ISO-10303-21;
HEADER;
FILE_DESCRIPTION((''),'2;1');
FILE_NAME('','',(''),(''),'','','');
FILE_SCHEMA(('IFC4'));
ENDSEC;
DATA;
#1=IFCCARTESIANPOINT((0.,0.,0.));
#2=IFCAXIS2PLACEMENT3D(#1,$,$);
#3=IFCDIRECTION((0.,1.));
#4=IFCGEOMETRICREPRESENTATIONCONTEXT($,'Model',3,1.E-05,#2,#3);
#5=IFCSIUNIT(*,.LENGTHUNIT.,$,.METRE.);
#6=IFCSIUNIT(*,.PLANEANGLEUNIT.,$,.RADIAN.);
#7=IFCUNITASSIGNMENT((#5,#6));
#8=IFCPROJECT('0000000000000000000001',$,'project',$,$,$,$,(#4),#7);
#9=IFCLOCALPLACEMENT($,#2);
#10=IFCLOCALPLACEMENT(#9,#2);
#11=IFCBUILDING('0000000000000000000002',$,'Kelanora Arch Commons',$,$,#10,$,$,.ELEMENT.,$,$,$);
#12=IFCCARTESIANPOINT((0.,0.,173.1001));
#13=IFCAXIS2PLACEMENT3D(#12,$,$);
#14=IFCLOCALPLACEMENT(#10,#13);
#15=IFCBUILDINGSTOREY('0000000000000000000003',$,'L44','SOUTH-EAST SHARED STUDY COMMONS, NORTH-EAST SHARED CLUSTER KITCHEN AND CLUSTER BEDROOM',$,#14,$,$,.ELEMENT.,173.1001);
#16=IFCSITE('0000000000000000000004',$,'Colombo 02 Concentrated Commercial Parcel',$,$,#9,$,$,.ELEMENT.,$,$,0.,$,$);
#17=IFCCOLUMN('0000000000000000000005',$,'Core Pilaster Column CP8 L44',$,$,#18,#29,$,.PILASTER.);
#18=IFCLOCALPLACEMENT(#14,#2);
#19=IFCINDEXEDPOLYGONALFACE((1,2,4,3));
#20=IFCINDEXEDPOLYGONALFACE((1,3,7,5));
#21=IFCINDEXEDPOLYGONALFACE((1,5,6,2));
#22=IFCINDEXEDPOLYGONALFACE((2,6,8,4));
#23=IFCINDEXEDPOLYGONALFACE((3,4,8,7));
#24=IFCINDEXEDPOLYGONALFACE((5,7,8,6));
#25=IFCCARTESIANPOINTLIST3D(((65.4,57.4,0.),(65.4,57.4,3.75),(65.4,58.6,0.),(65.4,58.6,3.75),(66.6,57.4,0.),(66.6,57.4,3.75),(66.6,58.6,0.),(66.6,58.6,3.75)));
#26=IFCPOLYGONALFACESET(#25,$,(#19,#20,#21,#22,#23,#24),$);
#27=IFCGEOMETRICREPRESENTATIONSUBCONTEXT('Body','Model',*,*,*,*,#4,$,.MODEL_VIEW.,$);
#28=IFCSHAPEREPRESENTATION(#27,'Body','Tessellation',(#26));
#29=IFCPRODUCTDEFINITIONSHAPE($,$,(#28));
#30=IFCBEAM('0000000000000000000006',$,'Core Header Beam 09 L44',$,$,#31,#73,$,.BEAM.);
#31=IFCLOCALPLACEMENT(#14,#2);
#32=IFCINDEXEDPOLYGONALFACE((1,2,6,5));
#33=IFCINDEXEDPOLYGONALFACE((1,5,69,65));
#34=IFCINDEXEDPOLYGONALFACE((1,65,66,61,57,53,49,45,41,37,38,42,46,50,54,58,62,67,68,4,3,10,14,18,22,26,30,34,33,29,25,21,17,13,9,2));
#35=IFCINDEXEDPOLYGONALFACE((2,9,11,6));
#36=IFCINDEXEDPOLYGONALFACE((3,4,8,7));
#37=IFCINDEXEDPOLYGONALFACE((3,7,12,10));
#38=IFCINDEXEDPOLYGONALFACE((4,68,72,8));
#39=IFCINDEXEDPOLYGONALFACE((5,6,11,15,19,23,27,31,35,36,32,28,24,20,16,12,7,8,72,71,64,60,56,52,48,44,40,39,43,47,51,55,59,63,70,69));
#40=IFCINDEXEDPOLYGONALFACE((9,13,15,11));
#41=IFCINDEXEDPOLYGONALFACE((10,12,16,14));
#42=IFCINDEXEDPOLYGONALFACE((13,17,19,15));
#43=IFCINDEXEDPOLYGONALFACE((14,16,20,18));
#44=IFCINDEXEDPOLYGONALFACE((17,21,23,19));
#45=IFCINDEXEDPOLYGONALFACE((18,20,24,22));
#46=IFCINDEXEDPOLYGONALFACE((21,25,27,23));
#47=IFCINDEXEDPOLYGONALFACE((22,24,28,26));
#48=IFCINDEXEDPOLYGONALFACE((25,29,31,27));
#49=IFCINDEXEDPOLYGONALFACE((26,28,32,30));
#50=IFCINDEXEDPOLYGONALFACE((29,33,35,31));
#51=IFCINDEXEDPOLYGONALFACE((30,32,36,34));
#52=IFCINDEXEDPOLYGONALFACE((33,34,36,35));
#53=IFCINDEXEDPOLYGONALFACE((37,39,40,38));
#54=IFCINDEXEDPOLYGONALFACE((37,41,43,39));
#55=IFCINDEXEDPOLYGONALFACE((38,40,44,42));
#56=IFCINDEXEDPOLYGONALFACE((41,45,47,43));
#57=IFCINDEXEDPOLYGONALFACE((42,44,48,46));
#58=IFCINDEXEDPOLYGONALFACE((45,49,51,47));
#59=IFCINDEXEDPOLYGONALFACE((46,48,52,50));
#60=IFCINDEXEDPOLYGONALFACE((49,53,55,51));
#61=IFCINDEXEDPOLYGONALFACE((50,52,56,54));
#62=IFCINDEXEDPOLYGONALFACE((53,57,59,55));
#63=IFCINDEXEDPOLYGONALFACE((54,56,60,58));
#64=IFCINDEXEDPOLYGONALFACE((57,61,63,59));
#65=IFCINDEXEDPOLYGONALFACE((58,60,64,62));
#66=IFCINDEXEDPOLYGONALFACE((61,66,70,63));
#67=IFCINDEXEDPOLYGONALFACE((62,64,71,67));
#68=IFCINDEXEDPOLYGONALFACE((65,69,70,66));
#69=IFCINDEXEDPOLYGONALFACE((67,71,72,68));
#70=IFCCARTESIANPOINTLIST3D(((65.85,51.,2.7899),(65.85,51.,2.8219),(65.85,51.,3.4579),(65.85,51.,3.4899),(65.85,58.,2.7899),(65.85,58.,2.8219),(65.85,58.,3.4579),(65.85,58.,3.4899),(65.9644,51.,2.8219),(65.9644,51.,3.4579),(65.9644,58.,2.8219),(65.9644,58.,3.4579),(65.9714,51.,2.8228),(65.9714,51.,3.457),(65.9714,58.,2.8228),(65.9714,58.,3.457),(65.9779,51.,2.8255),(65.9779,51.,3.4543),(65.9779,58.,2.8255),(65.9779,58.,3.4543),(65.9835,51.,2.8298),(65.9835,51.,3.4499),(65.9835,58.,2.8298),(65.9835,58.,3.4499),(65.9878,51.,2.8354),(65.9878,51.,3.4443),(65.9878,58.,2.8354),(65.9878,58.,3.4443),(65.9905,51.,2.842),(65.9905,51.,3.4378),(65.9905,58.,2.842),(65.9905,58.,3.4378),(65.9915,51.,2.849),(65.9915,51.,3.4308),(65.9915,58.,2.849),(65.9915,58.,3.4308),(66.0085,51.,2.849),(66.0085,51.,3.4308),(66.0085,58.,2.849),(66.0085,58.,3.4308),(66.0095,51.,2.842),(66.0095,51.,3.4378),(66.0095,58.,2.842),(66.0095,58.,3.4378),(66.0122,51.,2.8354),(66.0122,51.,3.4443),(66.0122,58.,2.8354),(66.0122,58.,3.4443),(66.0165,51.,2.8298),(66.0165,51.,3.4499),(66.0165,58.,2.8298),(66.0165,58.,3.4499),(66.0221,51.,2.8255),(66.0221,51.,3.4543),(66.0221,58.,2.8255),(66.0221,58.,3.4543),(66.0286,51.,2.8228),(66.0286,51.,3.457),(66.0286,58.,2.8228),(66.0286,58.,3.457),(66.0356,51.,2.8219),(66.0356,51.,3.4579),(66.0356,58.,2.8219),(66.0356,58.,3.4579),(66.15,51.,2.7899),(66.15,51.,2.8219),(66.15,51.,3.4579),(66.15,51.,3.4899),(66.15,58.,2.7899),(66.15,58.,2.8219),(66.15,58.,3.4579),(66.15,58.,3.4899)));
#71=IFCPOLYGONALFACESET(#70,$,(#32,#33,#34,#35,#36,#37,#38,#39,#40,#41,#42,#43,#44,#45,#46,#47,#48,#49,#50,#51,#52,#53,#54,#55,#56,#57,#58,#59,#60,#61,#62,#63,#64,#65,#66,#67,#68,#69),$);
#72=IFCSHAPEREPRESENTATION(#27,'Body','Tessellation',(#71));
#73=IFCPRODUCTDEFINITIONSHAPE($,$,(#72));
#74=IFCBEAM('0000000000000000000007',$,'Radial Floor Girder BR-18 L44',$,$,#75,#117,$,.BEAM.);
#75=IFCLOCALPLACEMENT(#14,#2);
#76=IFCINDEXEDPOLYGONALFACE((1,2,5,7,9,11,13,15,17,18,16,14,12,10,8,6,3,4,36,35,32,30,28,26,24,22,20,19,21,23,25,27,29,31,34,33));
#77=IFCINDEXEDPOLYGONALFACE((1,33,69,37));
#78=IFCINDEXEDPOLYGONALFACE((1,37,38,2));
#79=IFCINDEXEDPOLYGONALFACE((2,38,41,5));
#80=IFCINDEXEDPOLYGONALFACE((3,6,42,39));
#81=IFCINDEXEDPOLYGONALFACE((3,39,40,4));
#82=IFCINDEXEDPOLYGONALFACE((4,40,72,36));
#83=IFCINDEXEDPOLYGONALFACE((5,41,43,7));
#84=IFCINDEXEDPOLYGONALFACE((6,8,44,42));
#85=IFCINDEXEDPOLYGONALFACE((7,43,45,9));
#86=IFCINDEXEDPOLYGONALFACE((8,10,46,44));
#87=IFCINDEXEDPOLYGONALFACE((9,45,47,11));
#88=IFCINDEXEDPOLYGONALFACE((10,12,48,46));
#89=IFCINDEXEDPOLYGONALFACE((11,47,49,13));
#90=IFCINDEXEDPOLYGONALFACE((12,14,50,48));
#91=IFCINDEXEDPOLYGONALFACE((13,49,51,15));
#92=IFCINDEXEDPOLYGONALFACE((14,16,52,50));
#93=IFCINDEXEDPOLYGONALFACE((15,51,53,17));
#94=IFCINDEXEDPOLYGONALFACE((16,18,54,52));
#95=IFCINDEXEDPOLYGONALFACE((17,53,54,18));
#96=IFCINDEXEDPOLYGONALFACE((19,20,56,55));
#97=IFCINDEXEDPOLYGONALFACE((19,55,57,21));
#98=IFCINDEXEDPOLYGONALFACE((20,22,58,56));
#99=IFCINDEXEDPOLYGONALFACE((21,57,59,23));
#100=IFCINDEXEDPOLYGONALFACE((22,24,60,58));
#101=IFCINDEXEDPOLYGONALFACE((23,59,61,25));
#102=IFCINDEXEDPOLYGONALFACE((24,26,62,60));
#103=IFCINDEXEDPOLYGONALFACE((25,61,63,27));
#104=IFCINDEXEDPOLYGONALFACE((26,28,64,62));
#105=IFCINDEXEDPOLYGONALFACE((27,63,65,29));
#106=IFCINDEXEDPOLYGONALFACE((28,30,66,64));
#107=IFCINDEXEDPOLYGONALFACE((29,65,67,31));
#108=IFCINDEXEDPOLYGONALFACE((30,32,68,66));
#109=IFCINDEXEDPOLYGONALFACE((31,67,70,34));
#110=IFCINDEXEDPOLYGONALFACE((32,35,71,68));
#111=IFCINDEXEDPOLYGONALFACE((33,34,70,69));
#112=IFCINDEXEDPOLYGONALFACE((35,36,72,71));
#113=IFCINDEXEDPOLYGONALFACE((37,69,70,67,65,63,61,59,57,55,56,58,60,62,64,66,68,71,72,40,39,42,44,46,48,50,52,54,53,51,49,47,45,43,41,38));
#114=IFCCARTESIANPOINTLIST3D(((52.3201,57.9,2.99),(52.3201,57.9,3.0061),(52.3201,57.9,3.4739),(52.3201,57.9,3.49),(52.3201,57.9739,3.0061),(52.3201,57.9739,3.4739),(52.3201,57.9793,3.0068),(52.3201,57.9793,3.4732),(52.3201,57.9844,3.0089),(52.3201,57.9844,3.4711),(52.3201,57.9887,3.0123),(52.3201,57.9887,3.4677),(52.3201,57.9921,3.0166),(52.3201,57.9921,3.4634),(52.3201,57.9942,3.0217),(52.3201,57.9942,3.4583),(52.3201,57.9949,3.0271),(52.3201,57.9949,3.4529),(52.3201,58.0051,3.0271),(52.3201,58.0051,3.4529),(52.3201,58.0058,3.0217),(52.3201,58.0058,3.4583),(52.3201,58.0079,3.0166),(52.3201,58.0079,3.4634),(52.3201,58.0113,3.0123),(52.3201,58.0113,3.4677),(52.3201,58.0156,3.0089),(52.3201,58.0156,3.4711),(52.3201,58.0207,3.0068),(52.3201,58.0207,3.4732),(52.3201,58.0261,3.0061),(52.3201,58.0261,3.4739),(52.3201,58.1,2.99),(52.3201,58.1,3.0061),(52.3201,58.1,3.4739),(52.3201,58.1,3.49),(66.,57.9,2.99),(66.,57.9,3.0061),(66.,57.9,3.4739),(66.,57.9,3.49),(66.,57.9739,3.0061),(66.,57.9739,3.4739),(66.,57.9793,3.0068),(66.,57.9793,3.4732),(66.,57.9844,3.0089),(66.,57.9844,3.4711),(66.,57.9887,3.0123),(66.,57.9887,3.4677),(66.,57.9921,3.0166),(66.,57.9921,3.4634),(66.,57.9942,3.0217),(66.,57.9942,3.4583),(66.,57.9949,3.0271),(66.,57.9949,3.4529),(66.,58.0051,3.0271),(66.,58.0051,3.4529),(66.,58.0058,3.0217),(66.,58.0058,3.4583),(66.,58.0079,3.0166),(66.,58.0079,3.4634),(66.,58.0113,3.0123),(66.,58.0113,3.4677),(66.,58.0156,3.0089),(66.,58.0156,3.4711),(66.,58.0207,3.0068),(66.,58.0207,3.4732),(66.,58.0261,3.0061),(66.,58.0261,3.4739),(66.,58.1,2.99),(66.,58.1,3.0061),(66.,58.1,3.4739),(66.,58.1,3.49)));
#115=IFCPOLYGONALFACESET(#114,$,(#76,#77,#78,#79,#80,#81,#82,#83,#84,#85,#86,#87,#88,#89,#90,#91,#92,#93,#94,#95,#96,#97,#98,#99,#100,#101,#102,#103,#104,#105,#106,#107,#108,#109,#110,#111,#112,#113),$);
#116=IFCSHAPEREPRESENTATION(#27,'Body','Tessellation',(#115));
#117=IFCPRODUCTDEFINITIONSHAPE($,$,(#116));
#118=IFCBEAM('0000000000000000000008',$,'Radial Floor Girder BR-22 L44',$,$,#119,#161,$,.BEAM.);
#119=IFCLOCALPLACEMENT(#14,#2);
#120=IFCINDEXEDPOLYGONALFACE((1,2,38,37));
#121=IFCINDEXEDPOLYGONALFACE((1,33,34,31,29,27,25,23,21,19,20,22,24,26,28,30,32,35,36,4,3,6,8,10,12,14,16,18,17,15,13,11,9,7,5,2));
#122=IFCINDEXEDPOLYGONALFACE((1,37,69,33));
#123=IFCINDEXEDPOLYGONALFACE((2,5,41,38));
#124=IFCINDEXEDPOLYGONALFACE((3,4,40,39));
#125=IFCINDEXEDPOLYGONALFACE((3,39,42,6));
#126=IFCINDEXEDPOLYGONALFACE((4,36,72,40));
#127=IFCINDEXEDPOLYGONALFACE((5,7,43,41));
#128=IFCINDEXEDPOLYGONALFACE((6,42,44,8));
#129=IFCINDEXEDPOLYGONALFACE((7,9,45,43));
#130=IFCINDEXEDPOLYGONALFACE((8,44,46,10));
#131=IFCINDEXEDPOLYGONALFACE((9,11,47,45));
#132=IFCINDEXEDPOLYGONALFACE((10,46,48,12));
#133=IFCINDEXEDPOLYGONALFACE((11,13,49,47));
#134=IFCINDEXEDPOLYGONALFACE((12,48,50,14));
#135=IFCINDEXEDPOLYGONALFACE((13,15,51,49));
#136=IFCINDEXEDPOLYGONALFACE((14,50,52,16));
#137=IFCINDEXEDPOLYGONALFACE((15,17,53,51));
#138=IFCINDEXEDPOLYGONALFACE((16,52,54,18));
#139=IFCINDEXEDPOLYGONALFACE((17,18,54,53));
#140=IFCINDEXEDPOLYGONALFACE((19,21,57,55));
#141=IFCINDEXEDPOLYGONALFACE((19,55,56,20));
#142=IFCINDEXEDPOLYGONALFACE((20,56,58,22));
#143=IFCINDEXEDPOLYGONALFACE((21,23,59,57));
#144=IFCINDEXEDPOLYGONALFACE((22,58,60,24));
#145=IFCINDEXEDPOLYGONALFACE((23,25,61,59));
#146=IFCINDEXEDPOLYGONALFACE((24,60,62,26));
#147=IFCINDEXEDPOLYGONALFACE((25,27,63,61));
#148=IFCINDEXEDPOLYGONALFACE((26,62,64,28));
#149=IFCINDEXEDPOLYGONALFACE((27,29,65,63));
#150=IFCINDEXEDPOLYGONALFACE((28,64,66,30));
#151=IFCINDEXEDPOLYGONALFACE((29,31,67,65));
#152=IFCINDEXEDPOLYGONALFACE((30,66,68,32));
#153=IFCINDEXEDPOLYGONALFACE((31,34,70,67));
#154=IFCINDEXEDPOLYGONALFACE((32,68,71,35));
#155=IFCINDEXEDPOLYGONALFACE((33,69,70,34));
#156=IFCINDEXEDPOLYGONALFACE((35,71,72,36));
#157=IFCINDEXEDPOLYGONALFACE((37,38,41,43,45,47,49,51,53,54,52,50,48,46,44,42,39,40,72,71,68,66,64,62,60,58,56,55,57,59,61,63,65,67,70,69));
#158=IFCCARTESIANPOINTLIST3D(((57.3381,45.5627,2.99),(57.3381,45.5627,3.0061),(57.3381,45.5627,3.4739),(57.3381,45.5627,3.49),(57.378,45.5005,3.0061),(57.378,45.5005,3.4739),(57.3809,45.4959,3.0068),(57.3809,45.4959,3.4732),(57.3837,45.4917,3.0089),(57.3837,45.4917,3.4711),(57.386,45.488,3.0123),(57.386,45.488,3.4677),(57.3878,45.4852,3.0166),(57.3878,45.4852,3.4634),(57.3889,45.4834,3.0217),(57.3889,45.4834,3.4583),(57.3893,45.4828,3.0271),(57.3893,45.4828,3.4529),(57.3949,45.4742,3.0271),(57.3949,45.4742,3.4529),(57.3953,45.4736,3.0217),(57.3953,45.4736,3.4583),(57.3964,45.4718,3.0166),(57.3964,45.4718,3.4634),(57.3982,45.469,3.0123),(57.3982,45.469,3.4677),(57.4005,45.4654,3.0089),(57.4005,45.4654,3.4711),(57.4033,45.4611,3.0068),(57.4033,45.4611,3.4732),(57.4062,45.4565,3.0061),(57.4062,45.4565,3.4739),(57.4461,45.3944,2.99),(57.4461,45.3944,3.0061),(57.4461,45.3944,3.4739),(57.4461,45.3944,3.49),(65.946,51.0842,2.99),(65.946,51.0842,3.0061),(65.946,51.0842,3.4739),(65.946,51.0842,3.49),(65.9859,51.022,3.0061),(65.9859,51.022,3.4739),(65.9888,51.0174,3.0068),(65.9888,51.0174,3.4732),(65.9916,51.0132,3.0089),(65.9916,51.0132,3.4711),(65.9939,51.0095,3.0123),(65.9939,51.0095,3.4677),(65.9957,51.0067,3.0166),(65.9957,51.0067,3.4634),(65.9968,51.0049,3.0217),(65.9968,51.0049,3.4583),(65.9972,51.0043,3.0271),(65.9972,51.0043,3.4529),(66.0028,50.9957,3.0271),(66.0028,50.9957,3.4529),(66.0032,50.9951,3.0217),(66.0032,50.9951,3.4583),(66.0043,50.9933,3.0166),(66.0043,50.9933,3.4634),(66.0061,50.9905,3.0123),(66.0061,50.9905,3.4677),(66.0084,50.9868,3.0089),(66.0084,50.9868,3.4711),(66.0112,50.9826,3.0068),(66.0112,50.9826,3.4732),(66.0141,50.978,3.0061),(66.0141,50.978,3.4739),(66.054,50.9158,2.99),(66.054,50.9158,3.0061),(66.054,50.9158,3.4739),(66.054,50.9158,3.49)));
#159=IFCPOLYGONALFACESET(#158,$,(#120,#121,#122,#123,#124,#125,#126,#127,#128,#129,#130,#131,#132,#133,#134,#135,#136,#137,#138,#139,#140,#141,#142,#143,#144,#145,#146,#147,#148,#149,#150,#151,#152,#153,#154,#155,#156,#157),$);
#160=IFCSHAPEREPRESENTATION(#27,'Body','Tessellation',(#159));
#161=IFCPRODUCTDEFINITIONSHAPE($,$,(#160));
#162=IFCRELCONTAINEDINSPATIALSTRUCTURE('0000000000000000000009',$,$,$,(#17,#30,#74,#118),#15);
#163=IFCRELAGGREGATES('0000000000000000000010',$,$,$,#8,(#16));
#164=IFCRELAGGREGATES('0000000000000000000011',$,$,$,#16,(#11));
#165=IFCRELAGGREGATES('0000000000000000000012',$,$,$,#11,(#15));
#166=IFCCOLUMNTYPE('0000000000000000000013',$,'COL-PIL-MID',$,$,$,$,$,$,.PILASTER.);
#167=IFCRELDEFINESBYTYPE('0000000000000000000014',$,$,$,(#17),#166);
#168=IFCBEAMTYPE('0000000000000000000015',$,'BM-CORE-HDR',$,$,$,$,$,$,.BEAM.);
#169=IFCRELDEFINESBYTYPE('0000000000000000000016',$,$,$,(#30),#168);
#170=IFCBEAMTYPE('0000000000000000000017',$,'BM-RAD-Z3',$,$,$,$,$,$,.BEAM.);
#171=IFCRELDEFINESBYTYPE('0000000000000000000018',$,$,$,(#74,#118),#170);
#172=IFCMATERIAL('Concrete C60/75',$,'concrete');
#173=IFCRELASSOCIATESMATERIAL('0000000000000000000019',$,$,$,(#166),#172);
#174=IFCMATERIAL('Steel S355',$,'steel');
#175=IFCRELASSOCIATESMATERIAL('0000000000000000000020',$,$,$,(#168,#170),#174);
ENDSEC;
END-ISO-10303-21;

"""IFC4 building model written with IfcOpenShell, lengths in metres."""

from ifc_helpers import new_model, si_unit, direction, frame, origin, origin_2d, place, context, subcontext, project, spatial, rectangle, i_section, extrude, material, material_profile, profile_set, type_object, element, save


model = new_model("IFC4")

# Units and contexts
model_context = context("Model", 3, precision=1e-05, world=origin(), true_north=direction((0.0, 1.0)))
body_context = subcontext(model_context, "Body", "Model", "MODEL_VIEW")
ifc_project = project(units=[si_unit("LENGTHUNIT", "METRE"), si_unit("PLANEANGLEUNIT", "RADIAN")], contexts=[model_context])

# Site, building, storey
site_placement = place(None, origin())
site = spatial("IfcSite", under=ifc_project, at=site_placement, Name="Colombo 02 Concentrated Commercial Parcel", CompositionType="ELEMENT", RefElevation=0.0)
building_placement = place(site_placement, origin())
building = spatial("IfcBuilding", under=site, at=building_placement, Name="Kelanora Arch Commons", CompositionType="ELEMENT")
storey_placement = place(building_placement, frame((0.0, 0.0, 173.1001)))
storey = spatial("IfcBuildingStorey", under=building, at=storey_placement, Name="L44", Description="SOUTH-EAST SHARED STUDY COMMONS, NORTH-EAST SHARED CLUSTER KITCHEN AND CLUSTER BEDROOM", CompositionType="ELEMENT", Elevation=173.1001)

# Column
ifc_material_1 = material(Name="Concrete C60/75", Category="concrete")
ifc_material_profile_1 = material_profile(ifc_material_1, rectangle(XDim=1.2, YDim=1.2, at=origin_2d()), Name="RC1200x1200")
ifc_profile_set_1 = profile_set([ifc_material_profile_1], Name="Concrete C60/75")
column_type = type_object("IfcColumnType", Name="COL-PIL-MID", PredefinedType="PILASTER", material=ifc_profile_set_1)
column_placement = place(storey_placement, frame((66.0, 58.0, 0.0), z_axis=(0.0, 0.0, 1.0), x_axis=(1.0, 0.0, 0.0)))
element("IfcColumn", 1, at=column_placement, inside=storey, type_object=column_type, Name="Core Pilaster Column CP8 L44", PredefinedType="PILASTER", context=body_context, shape_type="SweptSolid", body=[
    extrude(rectangle(XDim=1.2, YDim=1.2, at=origin_2d()), origin(), (0.0, 0.0, 1.0), 3.75),
])

# Beams
ifc_material_2 = material(Name="Steel S355", Category="steel")
ifc_material_profile_2 = material_profile(ifc_material_2, i_section(OverallWidth=0.3, OverallDepth=0.7, WebThickness=0.0171, FlangeThickness=0.032, FilletRadius=0.0271, at=origin_2d()), Name="HEB700")
ifc_profile_set_2 = profile_set([ifc_material_profile_2], Name="Steel S355")
beam_type_1 = type_object("IfcBeamType", Name="BM-CORE-HDR", PredefinedType="BEAM", material=ifc_profile_set_2)
beam_1_placement = place(storey_placement, frame((66.0, 58.0, 3.1399), z_axis=(0.0, -1.0, 0.0), x_axis=(1.0, 0.0, 0.0)))
element("IfcBeam", 2, at=beam_1_placement, inside=storey, type_object=beam_type_1, Name="Core Header Beam 09 L44", PredefinedType="BEAM", context=body_context, shape_type="SweptSolid", body=[
    extrude(i_section(OverallWidth=0.3, OverallDepth=0.7, WebThickness=0.0171, FlangeThickness=0.032, FilletRadius=0.0271, at=origin_2d()), origin(), (0.0, 0.0, 1.0), 7.0),
])
ifc_material_profile_3 = material_profile(ifc_material_2, i_section(OverallWidth=0.2, OverallDepth=0.5, WebThickness=0.0103, FlangeThickness=0.0161, FilletRadius=0.021, at=origin_2d()), Name="IPE500")
ifc_profile_set_3 = profile_set([ifc_material_profile_3], Name="Steel S355")
beam_type_2 = type_object("IfcBeamType", Name="BM-RAD-Z3", PredefinedType="BEAM", material=ifc_profile_set_3)
beam_2_placement = place(storey_placement, frame((66.0, 58.0, 3.24), z_axis=(-1.0, 0.0, 0.0), x_axis=(0.0, -1.0, 0.0)))
element("IfcBeam", 3, at=beam_2_placement, inside=storey, type_object=beam_type_2, Name="Radial Floor Girder BR-18 L44", PredefinedType="BEAM", context=body_context, shape_type="SweptSolid", body=[
    extrude(i_section(OverallWidth=0.2, OverallDepth=0.5, WebThickness=0.0103, FlangeThickness=0.0161, FilletRadius=0.021, at=origin_2d()), origin(), (0.0, 0.0, 1.0), 13.6799),
])
beam_3_placement = place(storey_placement, frame((66.0, 51.0, 3.24), z_axis=(-0.841719, -0.539915, 0.0), x_axis=(0.539915, -0.841719, 0.0)))
element("IfcBeam", 4, at=beam_3_placement, inside=storey, type_object=beam_type_2, Name="Radial Floor Girder BR-22 L44", PredefinedType="BEAM", context=body_context, shape_type="SweptSolid", body=[
    extrude(i_section(OverallWidth=0.2, OverallDepth=0.5, WebThickness=0.0103, FlangeThickness=0.0161, FilletRadius=0.021, at=origin_2d()), origin(), (0.0, 0.0, 1.0), 10.2266),
])

save(model, "model.ifc")
